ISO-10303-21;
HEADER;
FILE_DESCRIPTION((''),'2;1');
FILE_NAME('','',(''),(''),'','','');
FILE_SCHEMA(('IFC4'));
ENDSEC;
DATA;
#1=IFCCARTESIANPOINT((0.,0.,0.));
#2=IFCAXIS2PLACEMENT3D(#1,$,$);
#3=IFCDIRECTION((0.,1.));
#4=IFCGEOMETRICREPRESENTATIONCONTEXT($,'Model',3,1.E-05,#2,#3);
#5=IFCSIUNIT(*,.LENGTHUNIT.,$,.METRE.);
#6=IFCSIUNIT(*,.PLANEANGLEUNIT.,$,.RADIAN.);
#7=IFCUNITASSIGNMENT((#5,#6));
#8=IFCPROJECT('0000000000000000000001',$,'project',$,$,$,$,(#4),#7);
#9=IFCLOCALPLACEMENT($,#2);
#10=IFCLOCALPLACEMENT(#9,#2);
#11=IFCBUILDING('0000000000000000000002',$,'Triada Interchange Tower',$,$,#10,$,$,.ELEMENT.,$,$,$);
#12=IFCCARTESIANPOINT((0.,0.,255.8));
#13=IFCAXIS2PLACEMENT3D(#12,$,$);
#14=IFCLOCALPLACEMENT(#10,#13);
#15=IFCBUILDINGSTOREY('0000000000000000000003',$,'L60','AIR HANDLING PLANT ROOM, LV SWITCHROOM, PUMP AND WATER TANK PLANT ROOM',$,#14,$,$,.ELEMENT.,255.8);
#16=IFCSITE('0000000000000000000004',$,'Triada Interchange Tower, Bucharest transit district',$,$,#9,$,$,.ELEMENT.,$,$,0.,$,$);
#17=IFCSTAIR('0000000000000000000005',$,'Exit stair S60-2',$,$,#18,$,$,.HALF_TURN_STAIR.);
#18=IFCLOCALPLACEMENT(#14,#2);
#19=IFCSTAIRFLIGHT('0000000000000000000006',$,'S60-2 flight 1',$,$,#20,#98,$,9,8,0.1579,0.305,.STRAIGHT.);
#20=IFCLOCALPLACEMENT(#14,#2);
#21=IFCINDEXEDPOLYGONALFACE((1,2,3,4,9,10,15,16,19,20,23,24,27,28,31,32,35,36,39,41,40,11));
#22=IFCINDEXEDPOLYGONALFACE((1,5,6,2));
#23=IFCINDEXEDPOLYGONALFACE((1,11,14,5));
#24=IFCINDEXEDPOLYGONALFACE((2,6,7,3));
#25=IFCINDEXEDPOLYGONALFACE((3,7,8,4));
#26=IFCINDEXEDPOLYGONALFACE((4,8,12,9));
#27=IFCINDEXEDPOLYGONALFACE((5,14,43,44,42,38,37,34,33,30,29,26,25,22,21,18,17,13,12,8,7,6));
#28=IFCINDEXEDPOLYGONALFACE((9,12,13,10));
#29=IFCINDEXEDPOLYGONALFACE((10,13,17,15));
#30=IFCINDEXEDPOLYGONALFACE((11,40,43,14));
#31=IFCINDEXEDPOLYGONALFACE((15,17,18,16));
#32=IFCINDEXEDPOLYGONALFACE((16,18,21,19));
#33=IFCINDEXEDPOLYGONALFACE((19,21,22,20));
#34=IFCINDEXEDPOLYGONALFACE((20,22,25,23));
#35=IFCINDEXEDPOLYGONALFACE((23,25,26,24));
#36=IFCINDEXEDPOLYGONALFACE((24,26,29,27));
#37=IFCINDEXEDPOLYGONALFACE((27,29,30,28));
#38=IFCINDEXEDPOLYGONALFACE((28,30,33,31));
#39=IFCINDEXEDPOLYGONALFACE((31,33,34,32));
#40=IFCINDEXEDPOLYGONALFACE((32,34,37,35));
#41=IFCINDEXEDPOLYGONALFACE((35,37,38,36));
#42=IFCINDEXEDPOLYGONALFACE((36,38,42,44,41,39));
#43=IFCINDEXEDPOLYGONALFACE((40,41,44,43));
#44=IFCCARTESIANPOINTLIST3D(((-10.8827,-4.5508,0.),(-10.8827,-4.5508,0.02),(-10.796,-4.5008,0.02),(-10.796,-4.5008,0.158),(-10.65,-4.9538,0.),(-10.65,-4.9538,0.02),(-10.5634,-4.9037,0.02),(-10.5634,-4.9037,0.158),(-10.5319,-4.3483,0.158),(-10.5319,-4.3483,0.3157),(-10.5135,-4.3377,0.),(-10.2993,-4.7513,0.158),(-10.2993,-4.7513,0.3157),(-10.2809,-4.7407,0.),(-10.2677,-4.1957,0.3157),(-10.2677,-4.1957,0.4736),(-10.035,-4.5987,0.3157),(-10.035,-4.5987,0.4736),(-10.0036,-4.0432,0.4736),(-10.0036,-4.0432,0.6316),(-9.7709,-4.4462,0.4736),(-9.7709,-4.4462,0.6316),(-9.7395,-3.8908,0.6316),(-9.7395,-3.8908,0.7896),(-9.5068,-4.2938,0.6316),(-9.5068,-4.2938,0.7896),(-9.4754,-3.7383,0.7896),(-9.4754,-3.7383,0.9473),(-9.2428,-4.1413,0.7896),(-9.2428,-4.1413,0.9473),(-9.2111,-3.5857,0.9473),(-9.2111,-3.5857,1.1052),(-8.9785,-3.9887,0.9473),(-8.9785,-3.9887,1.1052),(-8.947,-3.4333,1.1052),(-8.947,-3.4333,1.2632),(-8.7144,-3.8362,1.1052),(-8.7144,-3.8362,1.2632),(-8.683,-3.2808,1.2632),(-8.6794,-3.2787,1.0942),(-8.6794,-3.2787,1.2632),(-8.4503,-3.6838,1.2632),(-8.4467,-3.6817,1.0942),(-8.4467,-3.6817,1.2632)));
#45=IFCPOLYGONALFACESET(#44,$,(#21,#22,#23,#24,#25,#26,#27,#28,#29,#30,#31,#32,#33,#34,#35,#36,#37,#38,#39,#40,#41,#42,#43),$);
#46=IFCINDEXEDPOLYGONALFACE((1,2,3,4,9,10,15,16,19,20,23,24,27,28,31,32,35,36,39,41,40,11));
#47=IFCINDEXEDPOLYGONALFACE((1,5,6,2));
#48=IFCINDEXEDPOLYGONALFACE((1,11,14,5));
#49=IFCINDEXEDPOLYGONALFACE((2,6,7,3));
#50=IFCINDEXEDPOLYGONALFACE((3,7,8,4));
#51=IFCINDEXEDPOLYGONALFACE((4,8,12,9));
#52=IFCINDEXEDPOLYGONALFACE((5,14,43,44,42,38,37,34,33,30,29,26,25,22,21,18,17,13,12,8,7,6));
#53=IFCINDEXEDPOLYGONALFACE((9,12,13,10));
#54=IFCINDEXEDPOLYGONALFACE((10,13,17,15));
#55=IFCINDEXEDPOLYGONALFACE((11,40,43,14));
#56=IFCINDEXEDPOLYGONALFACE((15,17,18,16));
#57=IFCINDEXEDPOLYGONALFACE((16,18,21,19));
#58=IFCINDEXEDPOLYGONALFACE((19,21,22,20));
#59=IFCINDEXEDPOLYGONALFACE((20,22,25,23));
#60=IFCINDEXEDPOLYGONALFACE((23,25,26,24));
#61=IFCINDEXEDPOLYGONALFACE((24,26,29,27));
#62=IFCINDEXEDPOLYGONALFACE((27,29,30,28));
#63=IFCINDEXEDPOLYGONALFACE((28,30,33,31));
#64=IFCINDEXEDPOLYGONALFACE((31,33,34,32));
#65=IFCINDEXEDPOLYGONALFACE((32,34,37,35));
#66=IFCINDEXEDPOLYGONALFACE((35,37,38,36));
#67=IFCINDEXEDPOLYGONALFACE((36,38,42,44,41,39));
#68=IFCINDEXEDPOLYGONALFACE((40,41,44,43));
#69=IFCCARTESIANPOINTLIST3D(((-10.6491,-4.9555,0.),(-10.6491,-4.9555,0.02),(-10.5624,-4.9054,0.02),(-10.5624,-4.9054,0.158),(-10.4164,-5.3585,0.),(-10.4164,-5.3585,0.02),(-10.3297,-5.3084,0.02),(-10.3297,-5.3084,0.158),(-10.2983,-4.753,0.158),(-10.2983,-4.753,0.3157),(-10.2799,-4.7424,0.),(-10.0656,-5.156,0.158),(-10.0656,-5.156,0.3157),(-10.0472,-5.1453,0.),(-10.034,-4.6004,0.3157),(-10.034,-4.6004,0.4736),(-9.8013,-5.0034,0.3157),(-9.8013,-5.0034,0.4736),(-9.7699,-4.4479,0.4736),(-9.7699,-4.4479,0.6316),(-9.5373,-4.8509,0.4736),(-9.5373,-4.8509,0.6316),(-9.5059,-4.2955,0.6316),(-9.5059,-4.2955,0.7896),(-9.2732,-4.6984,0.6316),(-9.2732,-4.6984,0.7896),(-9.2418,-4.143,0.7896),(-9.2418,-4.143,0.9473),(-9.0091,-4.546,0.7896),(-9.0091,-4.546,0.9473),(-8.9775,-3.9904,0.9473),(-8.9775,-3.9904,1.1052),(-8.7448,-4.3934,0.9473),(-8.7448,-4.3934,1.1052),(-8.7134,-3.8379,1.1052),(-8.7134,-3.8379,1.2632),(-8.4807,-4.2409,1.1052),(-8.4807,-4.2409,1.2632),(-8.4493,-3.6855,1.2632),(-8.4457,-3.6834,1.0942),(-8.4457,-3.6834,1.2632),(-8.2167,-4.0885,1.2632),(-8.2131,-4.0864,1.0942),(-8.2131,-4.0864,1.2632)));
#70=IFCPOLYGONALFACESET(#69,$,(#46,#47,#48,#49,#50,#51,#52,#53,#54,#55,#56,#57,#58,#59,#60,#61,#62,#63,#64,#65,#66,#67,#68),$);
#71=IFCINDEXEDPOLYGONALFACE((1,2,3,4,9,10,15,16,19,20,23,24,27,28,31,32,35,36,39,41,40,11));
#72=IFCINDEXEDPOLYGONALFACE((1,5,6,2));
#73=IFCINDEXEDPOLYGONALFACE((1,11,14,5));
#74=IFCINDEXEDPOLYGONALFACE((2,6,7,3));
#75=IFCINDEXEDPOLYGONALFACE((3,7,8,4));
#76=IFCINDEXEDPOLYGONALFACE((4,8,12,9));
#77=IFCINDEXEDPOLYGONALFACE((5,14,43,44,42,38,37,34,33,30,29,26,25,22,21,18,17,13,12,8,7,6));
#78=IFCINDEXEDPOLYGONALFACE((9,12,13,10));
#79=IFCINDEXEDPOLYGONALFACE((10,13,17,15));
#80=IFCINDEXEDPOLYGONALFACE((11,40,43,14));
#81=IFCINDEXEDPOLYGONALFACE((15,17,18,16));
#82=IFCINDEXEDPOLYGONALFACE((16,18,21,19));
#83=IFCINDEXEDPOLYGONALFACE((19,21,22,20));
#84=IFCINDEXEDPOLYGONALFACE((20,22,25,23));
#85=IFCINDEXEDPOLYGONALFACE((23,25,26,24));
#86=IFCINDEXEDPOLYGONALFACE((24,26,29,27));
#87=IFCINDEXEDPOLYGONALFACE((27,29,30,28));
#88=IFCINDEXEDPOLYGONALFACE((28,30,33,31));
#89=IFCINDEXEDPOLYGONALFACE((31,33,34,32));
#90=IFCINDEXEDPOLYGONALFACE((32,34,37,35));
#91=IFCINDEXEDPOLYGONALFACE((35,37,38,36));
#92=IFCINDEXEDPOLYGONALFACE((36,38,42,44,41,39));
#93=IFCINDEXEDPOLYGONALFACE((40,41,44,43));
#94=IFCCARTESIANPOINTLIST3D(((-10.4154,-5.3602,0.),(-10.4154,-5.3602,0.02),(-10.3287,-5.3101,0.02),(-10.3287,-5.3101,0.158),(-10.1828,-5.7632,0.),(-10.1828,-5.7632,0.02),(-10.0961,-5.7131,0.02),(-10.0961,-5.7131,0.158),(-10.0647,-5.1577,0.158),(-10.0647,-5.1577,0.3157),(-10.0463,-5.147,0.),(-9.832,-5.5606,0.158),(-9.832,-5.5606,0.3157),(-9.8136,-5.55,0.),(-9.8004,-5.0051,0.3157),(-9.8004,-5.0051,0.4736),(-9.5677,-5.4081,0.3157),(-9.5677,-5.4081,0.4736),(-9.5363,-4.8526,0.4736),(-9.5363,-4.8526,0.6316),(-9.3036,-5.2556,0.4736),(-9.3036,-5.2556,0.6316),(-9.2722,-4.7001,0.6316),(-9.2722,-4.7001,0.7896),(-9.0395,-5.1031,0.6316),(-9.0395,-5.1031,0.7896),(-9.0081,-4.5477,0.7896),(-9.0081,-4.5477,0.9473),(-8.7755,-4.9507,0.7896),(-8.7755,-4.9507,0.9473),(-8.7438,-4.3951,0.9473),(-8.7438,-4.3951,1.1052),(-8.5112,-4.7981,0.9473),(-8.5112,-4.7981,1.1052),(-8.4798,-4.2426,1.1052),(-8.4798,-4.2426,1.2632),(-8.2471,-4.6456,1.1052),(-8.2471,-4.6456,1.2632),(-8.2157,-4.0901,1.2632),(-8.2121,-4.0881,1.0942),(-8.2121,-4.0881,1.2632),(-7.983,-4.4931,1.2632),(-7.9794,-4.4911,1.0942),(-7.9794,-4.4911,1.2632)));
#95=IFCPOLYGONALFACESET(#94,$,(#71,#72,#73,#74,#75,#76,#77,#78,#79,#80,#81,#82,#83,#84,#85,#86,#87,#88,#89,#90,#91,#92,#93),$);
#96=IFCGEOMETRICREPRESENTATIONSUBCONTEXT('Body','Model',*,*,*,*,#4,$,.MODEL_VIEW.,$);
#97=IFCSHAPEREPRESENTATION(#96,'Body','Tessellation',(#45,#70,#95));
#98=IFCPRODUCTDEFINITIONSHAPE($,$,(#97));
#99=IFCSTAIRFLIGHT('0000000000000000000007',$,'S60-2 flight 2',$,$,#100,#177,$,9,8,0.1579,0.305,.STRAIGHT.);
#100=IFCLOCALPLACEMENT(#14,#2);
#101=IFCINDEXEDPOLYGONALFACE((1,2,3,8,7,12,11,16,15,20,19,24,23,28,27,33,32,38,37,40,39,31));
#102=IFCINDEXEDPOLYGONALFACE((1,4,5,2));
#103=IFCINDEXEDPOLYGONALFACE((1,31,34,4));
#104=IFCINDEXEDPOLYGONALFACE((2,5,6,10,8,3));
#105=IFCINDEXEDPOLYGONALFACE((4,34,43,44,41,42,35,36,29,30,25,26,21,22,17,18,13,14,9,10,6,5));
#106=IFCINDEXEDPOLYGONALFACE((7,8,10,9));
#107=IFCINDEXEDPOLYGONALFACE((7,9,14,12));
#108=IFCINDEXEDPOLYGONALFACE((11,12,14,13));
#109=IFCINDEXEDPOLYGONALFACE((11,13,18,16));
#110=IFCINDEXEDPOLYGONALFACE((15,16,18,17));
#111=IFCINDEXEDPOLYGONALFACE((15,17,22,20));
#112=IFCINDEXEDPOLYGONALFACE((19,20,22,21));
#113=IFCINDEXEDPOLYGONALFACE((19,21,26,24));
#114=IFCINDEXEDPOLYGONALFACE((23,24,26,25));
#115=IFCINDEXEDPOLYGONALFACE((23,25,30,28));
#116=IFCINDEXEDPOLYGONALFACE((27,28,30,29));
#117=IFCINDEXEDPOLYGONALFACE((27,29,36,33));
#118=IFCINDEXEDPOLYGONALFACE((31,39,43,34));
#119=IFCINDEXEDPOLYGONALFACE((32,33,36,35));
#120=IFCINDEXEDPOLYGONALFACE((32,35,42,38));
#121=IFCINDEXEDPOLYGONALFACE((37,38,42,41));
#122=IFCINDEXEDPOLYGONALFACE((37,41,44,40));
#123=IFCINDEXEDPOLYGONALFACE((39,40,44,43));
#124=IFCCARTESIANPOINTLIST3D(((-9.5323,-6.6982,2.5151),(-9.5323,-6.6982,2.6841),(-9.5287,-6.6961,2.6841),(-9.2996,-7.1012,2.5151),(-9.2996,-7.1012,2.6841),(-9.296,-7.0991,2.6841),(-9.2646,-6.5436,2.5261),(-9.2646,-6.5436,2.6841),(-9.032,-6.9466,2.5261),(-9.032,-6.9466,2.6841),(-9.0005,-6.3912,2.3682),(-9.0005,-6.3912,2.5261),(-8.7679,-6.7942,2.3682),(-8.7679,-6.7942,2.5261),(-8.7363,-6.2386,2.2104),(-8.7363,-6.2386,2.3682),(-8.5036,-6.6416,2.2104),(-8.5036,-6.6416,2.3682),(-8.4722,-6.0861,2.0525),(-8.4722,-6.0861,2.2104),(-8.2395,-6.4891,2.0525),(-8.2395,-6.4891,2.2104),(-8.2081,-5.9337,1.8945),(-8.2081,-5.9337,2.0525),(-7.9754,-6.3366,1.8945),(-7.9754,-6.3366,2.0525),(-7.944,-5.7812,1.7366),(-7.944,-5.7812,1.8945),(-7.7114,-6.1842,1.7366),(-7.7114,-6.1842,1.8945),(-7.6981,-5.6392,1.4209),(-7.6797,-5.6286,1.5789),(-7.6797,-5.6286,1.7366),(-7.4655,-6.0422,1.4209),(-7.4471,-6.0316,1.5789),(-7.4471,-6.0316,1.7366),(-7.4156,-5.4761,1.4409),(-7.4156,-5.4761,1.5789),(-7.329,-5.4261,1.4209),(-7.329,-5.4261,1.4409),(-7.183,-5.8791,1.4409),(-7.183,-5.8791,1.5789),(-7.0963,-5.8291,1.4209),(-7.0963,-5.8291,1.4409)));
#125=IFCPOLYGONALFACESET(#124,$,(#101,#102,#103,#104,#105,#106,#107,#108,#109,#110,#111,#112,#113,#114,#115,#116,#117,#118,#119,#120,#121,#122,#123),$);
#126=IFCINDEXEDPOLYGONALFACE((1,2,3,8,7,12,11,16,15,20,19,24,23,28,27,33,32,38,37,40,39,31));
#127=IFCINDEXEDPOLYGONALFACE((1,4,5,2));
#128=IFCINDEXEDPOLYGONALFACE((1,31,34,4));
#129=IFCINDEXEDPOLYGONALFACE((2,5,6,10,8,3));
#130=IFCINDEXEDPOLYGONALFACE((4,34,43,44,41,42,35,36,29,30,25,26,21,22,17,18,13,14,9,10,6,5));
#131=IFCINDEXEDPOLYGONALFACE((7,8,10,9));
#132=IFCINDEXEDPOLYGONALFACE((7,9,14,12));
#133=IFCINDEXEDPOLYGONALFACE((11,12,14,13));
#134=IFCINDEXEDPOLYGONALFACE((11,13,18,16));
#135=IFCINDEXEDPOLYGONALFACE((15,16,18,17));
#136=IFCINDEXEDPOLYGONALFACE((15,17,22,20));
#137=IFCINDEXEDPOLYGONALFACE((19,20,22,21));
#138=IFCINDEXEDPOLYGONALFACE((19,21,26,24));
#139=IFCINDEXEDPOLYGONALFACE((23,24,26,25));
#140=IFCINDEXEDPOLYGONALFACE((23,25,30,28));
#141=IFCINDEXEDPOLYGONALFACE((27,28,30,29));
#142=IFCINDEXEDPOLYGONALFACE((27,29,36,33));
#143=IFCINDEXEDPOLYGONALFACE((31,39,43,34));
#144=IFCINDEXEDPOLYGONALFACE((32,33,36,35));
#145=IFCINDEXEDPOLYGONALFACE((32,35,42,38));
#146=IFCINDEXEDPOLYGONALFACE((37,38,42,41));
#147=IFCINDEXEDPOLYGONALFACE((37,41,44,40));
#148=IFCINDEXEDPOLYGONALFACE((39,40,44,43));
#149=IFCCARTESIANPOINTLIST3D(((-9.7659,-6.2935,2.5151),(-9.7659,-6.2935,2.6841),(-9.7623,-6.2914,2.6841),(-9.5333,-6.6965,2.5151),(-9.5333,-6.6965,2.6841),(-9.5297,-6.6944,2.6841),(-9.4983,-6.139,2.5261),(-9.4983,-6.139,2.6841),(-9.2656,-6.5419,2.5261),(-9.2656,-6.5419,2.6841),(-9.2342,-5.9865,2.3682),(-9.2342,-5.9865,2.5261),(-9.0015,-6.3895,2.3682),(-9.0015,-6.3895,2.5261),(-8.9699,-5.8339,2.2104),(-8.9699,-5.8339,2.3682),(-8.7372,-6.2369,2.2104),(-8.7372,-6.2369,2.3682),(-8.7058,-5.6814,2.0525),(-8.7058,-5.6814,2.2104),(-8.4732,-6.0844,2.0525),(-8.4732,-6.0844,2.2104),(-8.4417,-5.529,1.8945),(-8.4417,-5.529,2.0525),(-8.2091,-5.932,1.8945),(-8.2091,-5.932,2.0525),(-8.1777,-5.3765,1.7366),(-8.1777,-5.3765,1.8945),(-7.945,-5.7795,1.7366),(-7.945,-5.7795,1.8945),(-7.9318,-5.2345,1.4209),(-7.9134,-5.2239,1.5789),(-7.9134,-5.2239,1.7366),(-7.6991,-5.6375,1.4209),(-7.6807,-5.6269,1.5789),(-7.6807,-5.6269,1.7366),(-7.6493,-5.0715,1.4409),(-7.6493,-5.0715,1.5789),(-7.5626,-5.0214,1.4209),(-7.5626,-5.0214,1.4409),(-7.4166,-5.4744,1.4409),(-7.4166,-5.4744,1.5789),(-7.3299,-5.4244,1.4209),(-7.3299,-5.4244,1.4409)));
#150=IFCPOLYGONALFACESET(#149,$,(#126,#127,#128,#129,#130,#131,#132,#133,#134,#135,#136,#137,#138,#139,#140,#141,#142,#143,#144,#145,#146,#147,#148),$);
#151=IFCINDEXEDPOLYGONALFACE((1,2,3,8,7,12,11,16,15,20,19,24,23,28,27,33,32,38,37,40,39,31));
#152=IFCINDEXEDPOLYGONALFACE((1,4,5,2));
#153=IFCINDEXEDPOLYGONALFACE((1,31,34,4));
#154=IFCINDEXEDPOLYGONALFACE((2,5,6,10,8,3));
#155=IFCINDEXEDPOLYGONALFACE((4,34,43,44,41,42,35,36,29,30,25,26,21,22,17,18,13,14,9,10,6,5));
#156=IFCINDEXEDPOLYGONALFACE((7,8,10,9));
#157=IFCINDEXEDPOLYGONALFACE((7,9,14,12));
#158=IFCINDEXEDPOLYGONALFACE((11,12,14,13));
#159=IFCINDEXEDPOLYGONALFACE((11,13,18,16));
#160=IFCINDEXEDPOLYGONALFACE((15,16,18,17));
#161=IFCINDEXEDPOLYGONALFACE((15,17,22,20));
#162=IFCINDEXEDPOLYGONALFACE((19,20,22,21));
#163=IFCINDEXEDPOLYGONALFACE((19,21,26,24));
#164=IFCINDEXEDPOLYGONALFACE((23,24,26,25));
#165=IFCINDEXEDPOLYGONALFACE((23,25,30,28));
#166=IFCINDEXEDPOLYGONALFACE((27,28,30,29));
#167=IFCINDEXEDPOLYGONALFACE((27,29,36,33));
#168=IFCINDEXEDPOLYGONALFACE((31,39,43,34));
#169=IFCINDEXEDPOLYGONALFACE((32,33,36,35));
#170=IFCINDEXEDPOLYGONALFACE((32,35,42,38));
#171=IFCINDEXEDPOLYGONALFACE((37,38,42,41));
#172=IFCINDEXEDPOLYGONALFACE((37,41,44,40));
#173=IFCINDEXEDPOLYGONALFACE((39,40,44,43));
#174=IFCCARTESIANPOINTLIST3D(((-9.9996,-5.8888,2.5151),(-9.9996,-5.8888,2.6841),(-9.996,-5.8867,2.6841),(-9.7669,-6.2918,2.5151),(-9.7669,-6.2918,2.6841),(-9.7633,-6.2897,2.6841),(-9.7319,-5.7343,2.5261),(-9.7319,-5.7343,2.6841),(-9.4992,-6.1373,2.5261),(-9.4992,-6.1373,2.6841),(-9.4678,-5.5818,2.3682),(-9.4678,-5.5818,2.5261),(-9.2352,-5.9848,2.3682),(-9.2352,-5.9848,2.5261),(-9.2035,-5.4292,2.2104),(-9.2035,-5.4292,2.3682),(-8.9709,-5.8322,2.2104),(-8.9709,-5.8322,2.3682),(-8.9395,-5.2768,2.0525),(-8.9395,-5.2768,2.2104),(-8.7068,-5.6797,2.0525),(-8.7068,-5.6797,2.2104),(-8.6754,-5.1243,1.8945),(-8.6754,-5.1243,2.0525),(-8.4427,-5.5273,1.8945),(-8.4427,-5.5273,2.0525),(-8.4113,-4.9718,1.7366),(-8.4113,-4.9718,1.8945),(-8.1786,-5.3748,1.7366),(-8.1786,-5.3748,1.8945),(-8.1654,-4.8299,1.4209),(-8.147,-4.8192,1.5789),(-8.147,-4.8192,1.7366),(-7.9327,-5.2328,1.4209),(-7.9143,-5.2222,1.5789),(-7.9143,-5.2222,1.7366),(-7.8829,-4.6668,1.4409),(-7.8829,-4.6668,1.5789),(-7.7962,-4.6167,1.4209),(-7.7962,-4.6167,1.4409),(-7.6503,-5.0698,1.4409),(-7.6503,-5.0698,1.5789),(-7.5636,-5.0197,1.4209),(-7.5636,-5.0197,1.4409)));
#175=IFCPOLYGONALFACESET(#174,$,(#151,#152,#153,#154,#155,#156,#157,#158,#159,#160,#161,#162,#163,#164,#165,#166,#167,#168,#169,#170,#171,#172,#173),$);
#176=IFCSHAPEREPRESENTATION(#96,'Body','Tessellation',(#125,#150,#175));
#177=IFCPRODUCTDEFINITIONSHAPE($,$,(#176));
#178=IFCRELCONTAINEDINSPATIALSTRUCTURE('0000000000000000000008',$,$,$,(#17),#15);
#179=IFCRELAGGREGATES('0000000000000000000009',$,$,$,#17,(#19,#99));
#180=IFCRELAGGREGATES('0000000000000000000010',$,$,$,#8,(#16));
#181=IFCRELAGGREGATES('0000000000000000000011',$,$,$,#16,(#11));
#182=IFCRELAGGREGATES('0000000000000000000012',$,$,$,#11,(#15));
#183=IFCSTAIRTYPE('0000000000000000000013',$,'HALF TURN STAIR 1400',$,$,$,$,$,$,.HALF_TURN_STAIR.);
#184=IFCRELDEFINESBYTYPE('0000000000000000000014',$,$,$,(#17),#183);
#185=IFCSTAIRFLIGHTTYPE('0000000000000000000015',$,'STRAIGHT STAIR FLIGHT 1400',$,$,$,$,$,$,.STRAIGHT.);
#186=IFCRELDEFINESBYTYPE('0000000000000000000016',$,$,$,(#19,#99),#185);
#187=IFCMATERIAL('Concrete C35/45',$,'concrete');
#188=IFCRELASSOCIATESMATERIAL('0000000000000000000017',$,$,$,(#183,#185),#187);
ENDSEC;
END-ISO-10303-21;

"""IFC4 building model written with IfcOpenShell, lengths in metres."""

from ifc_helpers import new_model, si_unit, direction, frame, origin, place, context, subcontext, project, spatial, polyline, outline, extrude, material, type_object, element, aggregate, save


model = new_model("IFC4")

# Units and contexts
model_context = context("Model", 3, precision=1e-05, world=origin(), true_north=direction((0.0, 1.0)))
body_context = subcontext(model_context, "Body", "Model", "MODEL_VIEW")
ifc_project = project(units=[si_unit("LENGTHUNIT", "METRE"), si_unit("PLANEANGLEUNIT", "RADIAN")], contexts=[model_context])

# Site, building, storey
site_placement = place(None, origin())
site = spatial("IfcSite", under=ifc_project, at=site_placement, Name="Triada Interchange Tower, Bucharest transit district", CompositionType="ELEMENT", RefElevation=0.0)
building_placement = place(site_placement, origin())
building = spatial("IfcBuilding", under=site, at=building_placement, Name="Triada Interchange Tower", CompositionType="ELEMENT")
storey_placement = place(building_placement, frame((0.0, 0.0, 255.8)))
storey = spatial("IfcBuildingStorey", under=building, at=storey_placement, Name="L60", Description="AIR HANDLING PLANT ROOM, LV SWITCHROOM, PUMP AND WATER TANK PLANT ROOM", CompositionType="ELEMENT", Elevation=255.8)

# Stair, stair flights
ifc_material_1 = material(Name="Concrete C35/45", Category="concrete")
stair_type = type_object("IfcStairType", Name="HALF TURN STAIR 1400", PredefinedType="HALF_TURN_STAIR", material=ifc_material_1)
stair_placement = place(storey_placement, origin())
stair = element("IfcStair", 1, at=stair_placement, inside=storey, type_object=stair_type, Name="Exit stair S60-2", PredefinedType="HALF_TURN_STAIR")
stair_flight_type = type_object("IfcStairFlightType", Name="STRAIGHT STAIR FLIGHT 1400", PredefinedType="STRAIGHT", material=ifc_material_1)
stair_flight_1_placement = place(storey_placement, frame((-10.446, -5.1069, 0.0), z_axis=(0.0, 0.0, 1.0), x_axis=(0.866025, 0.5, 0.0)))
stair_flight_1 = element("IfcStairFlight", 2, at=stair_flight_1_placement, type_object=stair_flight_type, Name="S60-2 flight 1", NumberOfRisers=9, NumberOfTreads=8, PredefinedType="STRAIGHT", RiserHeight=0.1579, TreadLength=0.305, context=body_context, shape_type="SweptSolid", body=[
    extrude(outline(polyline([(-0.1001, 0.0), (-0.1001, 0.02), (0.0, 0.02), (0.0, 0.158), (0.3049, 0.158), (0.3049, 0.3157), (0.6101, 0.3157), (0.6101, 0.4736), (0.915, 0.4736), (0.915, 0.6316), (1.22, 0.6316), (1.22, 0.7896), (1.5249, 0.7896), (1.5249, 0.9473), (1.8301, 0.9473), (1.8301, 1.1052), (2.135, 1.1052), (2.135, 1.2632), (2.4399, 1.2632), (2.4441, 1.2632), (2.4441, 1.4209), (2.4441, 1.0942), (0.3262, 0.0), (-0.1001, 0.0)])), frame((0.0, 0.7, 0.0), z_axis=(0.0, -1.0, 0.0), x_axis=(1.0, 0.0, 0.0)), (0.0, 0.0, 1.0), 0.4653),
    extrude(outline(polyline([(-0.1001, 0.0), (-0.1001, 0.02), (0.0, 0.02), (0.0, 0.158), (0.3049, 0.158), (0.3049, 0.3157), (0.6101, 0.3157), (0.6101, 0.4736), (0.915, 0.4736), (0.915, 0.6316), (1.22, 0.6316), (1.22, 0.7896), (1.5249, 0.7896), (1.5249, 0.9473), (1.8301, 0.9473), (1.8301, 1.1052), (2.135, 1.1052), (2.135, 1.2632), (2.4399, 1.2632), (2.4441, 1.2632), (2.4441, 1.4209), (2.4441, 1.0942), (0.3262, 0.0), (-0.1001, 0.0)])), frame((0.0, 0.2327, 0.0), z_axis=(0.0, -1.0, 0.0), x_axis=(1.0, 0.0, 0.0)), (0.0, 0.0, 1.0), 0.4653),
    extrude(outline(polyline([(-0.1001, 0.0), (-0.1001, 0.02), (0.0, 0.02), (0.0, 0.158), (0.3049, 0.158), (0.3049, 0.3157), (0.6101, 0.3157), (0.6101, 0.4736), (0.915, 0.4736), (0.915, 0.6316), (1.22, 0.6316), (1.22, 0.7896), (1.5249, 0.7896), (1.5249, 0.9473), (1.8301, 0.9473), (1.8301, 1.1052), (2.135, 1.1052), (2.135, 1.2632), (2.4399, 1.2632), (2.4441, 1.2632), (2.4441, 1.4209), (2.4441, 1.0942), (0.3262, 0.0), (-0.1001, 0.0)])), frame((0.0, -0.2346, 0.0), z_axis=(0.0, -1.0, 0.0), x_axis=(1.0, 0.0, 0.0)), (0.0, 0.0, 1.0), 0.4653),
])
stair_flight_2_placement = place(storey_placement, frame((-7.533, -5.2729, 1.4209), z_axis=(0.0, 0.0, 1.0), x_axis=(-0.866025, -0.5, 0.0)))
stair_flight_2 = element("IfcStairFlight", 3, at=stair_flight_2_placement, type_object=stair_flight_type, Name="S60-2 flight 2", NumberOfRisers=9, NumberOfTreads=8, PredefinedType="STRAIGHT", RiserHeight=0.1579, TreadLength=0.305, context=body_context, shape_type="SweptSolid", body=[
    extrude(outline(polyline([(-0.1001, 0.0), (-0.1001, 0.02), (0.0, 0.02), (0.0, 0.158), (0.3049, 0.158), (0.3049, 0.3157), (0.6101, 0.3157), (0.6101, 0.4736), (0.915, 0.4736), (0.915, 0.6316), (1.22, 0.6316), (1.22, 0.7896), (1.5249, 0.7896), (1.5249, 0.9473), (1.8301, 0.9473), (1.8301, 1.1052), (2.135, 1.1052), (2.135, 1.2632), (2.4399, 1.2632), (2.4441, 1.2632), (2.4441, 1.4209), (2.4441, 1.0942), (0.3262, 0.0), (-0.1001, 0.0)])), frame((0.0, 0.7, 0.0), z_axis=(0.0, -1.0, 0.0), x_axis=(1.0, 0.0, 0.0)), (0.0, 0.0, 1.0), 0.4653),
    extrude(outline(polyline([(-0.1001, 0.0), (-0.1001, 0.02), (0.0, 0.02), (0.0, 0.158), (0.3049, 0.158), (0.3049, 0.3157), (0.6101, 0.3157), (0.6101, 0.4736), (0.915, 0.4736), (0.915, 0.6316), (1.22, 0.6316), (1.22, 0.7896), (1.5249, 0.7896), (1.5249, 0.9473), (1.8301, 0.9473), (1.8301, 1.1052), (2.135, 1.1052), (2.135, 1.2632), (2.4399, 1.2632), (2.4441, 1.2632), (2.4441, 1.4209), (2.4441, 1.0942), (0.3262, 0.0), (-0.1001, 0.0)])), frame((0.0, 0.2327, 0.0), z_axis=(0.0, -1.0, 0.0), x_axis=(1.0, 0.0, 0.0)), (0.0, 0.0, 1.0), 0.4653),
    extrude(outline(polyline([(-0.1001, 0.0), (-0.1001, 0.02), (0.0, 0.02), (0.0, 0.158), (0.3049, 0.158), (0.3049, 0.3157), (0.6101, 0.3157), (0.6101, 0.4736), (0.915, 0.4736), (0.915, 0.6316), (1.22, 0.6316), (1.22, 0.7896), (1.5249, 0.7896), (1.5249, 0.9473), (1.8301, 0.9473), (1.8301, 1.1052), (2.135, 1.1052), (2.135, 1.2632), (2.4399, 1.2632), (2.4441, 1.2632), (2.4441, 1.4209), (2.4441, 1.0942), (0.3262, 0.0), (-0.1001, 0.0)])), frame((0.0, -0.2346, 0.0), z_axis=(0.0, -1.0, 0.0), x_axis=(1.0, 0.0, 0.0)), (0.0, 0.0, 1.0), 0.4653),
])
aggregate(stair, [stair_flight_1, stair_flight_2])

save(model, "model.ifc")
